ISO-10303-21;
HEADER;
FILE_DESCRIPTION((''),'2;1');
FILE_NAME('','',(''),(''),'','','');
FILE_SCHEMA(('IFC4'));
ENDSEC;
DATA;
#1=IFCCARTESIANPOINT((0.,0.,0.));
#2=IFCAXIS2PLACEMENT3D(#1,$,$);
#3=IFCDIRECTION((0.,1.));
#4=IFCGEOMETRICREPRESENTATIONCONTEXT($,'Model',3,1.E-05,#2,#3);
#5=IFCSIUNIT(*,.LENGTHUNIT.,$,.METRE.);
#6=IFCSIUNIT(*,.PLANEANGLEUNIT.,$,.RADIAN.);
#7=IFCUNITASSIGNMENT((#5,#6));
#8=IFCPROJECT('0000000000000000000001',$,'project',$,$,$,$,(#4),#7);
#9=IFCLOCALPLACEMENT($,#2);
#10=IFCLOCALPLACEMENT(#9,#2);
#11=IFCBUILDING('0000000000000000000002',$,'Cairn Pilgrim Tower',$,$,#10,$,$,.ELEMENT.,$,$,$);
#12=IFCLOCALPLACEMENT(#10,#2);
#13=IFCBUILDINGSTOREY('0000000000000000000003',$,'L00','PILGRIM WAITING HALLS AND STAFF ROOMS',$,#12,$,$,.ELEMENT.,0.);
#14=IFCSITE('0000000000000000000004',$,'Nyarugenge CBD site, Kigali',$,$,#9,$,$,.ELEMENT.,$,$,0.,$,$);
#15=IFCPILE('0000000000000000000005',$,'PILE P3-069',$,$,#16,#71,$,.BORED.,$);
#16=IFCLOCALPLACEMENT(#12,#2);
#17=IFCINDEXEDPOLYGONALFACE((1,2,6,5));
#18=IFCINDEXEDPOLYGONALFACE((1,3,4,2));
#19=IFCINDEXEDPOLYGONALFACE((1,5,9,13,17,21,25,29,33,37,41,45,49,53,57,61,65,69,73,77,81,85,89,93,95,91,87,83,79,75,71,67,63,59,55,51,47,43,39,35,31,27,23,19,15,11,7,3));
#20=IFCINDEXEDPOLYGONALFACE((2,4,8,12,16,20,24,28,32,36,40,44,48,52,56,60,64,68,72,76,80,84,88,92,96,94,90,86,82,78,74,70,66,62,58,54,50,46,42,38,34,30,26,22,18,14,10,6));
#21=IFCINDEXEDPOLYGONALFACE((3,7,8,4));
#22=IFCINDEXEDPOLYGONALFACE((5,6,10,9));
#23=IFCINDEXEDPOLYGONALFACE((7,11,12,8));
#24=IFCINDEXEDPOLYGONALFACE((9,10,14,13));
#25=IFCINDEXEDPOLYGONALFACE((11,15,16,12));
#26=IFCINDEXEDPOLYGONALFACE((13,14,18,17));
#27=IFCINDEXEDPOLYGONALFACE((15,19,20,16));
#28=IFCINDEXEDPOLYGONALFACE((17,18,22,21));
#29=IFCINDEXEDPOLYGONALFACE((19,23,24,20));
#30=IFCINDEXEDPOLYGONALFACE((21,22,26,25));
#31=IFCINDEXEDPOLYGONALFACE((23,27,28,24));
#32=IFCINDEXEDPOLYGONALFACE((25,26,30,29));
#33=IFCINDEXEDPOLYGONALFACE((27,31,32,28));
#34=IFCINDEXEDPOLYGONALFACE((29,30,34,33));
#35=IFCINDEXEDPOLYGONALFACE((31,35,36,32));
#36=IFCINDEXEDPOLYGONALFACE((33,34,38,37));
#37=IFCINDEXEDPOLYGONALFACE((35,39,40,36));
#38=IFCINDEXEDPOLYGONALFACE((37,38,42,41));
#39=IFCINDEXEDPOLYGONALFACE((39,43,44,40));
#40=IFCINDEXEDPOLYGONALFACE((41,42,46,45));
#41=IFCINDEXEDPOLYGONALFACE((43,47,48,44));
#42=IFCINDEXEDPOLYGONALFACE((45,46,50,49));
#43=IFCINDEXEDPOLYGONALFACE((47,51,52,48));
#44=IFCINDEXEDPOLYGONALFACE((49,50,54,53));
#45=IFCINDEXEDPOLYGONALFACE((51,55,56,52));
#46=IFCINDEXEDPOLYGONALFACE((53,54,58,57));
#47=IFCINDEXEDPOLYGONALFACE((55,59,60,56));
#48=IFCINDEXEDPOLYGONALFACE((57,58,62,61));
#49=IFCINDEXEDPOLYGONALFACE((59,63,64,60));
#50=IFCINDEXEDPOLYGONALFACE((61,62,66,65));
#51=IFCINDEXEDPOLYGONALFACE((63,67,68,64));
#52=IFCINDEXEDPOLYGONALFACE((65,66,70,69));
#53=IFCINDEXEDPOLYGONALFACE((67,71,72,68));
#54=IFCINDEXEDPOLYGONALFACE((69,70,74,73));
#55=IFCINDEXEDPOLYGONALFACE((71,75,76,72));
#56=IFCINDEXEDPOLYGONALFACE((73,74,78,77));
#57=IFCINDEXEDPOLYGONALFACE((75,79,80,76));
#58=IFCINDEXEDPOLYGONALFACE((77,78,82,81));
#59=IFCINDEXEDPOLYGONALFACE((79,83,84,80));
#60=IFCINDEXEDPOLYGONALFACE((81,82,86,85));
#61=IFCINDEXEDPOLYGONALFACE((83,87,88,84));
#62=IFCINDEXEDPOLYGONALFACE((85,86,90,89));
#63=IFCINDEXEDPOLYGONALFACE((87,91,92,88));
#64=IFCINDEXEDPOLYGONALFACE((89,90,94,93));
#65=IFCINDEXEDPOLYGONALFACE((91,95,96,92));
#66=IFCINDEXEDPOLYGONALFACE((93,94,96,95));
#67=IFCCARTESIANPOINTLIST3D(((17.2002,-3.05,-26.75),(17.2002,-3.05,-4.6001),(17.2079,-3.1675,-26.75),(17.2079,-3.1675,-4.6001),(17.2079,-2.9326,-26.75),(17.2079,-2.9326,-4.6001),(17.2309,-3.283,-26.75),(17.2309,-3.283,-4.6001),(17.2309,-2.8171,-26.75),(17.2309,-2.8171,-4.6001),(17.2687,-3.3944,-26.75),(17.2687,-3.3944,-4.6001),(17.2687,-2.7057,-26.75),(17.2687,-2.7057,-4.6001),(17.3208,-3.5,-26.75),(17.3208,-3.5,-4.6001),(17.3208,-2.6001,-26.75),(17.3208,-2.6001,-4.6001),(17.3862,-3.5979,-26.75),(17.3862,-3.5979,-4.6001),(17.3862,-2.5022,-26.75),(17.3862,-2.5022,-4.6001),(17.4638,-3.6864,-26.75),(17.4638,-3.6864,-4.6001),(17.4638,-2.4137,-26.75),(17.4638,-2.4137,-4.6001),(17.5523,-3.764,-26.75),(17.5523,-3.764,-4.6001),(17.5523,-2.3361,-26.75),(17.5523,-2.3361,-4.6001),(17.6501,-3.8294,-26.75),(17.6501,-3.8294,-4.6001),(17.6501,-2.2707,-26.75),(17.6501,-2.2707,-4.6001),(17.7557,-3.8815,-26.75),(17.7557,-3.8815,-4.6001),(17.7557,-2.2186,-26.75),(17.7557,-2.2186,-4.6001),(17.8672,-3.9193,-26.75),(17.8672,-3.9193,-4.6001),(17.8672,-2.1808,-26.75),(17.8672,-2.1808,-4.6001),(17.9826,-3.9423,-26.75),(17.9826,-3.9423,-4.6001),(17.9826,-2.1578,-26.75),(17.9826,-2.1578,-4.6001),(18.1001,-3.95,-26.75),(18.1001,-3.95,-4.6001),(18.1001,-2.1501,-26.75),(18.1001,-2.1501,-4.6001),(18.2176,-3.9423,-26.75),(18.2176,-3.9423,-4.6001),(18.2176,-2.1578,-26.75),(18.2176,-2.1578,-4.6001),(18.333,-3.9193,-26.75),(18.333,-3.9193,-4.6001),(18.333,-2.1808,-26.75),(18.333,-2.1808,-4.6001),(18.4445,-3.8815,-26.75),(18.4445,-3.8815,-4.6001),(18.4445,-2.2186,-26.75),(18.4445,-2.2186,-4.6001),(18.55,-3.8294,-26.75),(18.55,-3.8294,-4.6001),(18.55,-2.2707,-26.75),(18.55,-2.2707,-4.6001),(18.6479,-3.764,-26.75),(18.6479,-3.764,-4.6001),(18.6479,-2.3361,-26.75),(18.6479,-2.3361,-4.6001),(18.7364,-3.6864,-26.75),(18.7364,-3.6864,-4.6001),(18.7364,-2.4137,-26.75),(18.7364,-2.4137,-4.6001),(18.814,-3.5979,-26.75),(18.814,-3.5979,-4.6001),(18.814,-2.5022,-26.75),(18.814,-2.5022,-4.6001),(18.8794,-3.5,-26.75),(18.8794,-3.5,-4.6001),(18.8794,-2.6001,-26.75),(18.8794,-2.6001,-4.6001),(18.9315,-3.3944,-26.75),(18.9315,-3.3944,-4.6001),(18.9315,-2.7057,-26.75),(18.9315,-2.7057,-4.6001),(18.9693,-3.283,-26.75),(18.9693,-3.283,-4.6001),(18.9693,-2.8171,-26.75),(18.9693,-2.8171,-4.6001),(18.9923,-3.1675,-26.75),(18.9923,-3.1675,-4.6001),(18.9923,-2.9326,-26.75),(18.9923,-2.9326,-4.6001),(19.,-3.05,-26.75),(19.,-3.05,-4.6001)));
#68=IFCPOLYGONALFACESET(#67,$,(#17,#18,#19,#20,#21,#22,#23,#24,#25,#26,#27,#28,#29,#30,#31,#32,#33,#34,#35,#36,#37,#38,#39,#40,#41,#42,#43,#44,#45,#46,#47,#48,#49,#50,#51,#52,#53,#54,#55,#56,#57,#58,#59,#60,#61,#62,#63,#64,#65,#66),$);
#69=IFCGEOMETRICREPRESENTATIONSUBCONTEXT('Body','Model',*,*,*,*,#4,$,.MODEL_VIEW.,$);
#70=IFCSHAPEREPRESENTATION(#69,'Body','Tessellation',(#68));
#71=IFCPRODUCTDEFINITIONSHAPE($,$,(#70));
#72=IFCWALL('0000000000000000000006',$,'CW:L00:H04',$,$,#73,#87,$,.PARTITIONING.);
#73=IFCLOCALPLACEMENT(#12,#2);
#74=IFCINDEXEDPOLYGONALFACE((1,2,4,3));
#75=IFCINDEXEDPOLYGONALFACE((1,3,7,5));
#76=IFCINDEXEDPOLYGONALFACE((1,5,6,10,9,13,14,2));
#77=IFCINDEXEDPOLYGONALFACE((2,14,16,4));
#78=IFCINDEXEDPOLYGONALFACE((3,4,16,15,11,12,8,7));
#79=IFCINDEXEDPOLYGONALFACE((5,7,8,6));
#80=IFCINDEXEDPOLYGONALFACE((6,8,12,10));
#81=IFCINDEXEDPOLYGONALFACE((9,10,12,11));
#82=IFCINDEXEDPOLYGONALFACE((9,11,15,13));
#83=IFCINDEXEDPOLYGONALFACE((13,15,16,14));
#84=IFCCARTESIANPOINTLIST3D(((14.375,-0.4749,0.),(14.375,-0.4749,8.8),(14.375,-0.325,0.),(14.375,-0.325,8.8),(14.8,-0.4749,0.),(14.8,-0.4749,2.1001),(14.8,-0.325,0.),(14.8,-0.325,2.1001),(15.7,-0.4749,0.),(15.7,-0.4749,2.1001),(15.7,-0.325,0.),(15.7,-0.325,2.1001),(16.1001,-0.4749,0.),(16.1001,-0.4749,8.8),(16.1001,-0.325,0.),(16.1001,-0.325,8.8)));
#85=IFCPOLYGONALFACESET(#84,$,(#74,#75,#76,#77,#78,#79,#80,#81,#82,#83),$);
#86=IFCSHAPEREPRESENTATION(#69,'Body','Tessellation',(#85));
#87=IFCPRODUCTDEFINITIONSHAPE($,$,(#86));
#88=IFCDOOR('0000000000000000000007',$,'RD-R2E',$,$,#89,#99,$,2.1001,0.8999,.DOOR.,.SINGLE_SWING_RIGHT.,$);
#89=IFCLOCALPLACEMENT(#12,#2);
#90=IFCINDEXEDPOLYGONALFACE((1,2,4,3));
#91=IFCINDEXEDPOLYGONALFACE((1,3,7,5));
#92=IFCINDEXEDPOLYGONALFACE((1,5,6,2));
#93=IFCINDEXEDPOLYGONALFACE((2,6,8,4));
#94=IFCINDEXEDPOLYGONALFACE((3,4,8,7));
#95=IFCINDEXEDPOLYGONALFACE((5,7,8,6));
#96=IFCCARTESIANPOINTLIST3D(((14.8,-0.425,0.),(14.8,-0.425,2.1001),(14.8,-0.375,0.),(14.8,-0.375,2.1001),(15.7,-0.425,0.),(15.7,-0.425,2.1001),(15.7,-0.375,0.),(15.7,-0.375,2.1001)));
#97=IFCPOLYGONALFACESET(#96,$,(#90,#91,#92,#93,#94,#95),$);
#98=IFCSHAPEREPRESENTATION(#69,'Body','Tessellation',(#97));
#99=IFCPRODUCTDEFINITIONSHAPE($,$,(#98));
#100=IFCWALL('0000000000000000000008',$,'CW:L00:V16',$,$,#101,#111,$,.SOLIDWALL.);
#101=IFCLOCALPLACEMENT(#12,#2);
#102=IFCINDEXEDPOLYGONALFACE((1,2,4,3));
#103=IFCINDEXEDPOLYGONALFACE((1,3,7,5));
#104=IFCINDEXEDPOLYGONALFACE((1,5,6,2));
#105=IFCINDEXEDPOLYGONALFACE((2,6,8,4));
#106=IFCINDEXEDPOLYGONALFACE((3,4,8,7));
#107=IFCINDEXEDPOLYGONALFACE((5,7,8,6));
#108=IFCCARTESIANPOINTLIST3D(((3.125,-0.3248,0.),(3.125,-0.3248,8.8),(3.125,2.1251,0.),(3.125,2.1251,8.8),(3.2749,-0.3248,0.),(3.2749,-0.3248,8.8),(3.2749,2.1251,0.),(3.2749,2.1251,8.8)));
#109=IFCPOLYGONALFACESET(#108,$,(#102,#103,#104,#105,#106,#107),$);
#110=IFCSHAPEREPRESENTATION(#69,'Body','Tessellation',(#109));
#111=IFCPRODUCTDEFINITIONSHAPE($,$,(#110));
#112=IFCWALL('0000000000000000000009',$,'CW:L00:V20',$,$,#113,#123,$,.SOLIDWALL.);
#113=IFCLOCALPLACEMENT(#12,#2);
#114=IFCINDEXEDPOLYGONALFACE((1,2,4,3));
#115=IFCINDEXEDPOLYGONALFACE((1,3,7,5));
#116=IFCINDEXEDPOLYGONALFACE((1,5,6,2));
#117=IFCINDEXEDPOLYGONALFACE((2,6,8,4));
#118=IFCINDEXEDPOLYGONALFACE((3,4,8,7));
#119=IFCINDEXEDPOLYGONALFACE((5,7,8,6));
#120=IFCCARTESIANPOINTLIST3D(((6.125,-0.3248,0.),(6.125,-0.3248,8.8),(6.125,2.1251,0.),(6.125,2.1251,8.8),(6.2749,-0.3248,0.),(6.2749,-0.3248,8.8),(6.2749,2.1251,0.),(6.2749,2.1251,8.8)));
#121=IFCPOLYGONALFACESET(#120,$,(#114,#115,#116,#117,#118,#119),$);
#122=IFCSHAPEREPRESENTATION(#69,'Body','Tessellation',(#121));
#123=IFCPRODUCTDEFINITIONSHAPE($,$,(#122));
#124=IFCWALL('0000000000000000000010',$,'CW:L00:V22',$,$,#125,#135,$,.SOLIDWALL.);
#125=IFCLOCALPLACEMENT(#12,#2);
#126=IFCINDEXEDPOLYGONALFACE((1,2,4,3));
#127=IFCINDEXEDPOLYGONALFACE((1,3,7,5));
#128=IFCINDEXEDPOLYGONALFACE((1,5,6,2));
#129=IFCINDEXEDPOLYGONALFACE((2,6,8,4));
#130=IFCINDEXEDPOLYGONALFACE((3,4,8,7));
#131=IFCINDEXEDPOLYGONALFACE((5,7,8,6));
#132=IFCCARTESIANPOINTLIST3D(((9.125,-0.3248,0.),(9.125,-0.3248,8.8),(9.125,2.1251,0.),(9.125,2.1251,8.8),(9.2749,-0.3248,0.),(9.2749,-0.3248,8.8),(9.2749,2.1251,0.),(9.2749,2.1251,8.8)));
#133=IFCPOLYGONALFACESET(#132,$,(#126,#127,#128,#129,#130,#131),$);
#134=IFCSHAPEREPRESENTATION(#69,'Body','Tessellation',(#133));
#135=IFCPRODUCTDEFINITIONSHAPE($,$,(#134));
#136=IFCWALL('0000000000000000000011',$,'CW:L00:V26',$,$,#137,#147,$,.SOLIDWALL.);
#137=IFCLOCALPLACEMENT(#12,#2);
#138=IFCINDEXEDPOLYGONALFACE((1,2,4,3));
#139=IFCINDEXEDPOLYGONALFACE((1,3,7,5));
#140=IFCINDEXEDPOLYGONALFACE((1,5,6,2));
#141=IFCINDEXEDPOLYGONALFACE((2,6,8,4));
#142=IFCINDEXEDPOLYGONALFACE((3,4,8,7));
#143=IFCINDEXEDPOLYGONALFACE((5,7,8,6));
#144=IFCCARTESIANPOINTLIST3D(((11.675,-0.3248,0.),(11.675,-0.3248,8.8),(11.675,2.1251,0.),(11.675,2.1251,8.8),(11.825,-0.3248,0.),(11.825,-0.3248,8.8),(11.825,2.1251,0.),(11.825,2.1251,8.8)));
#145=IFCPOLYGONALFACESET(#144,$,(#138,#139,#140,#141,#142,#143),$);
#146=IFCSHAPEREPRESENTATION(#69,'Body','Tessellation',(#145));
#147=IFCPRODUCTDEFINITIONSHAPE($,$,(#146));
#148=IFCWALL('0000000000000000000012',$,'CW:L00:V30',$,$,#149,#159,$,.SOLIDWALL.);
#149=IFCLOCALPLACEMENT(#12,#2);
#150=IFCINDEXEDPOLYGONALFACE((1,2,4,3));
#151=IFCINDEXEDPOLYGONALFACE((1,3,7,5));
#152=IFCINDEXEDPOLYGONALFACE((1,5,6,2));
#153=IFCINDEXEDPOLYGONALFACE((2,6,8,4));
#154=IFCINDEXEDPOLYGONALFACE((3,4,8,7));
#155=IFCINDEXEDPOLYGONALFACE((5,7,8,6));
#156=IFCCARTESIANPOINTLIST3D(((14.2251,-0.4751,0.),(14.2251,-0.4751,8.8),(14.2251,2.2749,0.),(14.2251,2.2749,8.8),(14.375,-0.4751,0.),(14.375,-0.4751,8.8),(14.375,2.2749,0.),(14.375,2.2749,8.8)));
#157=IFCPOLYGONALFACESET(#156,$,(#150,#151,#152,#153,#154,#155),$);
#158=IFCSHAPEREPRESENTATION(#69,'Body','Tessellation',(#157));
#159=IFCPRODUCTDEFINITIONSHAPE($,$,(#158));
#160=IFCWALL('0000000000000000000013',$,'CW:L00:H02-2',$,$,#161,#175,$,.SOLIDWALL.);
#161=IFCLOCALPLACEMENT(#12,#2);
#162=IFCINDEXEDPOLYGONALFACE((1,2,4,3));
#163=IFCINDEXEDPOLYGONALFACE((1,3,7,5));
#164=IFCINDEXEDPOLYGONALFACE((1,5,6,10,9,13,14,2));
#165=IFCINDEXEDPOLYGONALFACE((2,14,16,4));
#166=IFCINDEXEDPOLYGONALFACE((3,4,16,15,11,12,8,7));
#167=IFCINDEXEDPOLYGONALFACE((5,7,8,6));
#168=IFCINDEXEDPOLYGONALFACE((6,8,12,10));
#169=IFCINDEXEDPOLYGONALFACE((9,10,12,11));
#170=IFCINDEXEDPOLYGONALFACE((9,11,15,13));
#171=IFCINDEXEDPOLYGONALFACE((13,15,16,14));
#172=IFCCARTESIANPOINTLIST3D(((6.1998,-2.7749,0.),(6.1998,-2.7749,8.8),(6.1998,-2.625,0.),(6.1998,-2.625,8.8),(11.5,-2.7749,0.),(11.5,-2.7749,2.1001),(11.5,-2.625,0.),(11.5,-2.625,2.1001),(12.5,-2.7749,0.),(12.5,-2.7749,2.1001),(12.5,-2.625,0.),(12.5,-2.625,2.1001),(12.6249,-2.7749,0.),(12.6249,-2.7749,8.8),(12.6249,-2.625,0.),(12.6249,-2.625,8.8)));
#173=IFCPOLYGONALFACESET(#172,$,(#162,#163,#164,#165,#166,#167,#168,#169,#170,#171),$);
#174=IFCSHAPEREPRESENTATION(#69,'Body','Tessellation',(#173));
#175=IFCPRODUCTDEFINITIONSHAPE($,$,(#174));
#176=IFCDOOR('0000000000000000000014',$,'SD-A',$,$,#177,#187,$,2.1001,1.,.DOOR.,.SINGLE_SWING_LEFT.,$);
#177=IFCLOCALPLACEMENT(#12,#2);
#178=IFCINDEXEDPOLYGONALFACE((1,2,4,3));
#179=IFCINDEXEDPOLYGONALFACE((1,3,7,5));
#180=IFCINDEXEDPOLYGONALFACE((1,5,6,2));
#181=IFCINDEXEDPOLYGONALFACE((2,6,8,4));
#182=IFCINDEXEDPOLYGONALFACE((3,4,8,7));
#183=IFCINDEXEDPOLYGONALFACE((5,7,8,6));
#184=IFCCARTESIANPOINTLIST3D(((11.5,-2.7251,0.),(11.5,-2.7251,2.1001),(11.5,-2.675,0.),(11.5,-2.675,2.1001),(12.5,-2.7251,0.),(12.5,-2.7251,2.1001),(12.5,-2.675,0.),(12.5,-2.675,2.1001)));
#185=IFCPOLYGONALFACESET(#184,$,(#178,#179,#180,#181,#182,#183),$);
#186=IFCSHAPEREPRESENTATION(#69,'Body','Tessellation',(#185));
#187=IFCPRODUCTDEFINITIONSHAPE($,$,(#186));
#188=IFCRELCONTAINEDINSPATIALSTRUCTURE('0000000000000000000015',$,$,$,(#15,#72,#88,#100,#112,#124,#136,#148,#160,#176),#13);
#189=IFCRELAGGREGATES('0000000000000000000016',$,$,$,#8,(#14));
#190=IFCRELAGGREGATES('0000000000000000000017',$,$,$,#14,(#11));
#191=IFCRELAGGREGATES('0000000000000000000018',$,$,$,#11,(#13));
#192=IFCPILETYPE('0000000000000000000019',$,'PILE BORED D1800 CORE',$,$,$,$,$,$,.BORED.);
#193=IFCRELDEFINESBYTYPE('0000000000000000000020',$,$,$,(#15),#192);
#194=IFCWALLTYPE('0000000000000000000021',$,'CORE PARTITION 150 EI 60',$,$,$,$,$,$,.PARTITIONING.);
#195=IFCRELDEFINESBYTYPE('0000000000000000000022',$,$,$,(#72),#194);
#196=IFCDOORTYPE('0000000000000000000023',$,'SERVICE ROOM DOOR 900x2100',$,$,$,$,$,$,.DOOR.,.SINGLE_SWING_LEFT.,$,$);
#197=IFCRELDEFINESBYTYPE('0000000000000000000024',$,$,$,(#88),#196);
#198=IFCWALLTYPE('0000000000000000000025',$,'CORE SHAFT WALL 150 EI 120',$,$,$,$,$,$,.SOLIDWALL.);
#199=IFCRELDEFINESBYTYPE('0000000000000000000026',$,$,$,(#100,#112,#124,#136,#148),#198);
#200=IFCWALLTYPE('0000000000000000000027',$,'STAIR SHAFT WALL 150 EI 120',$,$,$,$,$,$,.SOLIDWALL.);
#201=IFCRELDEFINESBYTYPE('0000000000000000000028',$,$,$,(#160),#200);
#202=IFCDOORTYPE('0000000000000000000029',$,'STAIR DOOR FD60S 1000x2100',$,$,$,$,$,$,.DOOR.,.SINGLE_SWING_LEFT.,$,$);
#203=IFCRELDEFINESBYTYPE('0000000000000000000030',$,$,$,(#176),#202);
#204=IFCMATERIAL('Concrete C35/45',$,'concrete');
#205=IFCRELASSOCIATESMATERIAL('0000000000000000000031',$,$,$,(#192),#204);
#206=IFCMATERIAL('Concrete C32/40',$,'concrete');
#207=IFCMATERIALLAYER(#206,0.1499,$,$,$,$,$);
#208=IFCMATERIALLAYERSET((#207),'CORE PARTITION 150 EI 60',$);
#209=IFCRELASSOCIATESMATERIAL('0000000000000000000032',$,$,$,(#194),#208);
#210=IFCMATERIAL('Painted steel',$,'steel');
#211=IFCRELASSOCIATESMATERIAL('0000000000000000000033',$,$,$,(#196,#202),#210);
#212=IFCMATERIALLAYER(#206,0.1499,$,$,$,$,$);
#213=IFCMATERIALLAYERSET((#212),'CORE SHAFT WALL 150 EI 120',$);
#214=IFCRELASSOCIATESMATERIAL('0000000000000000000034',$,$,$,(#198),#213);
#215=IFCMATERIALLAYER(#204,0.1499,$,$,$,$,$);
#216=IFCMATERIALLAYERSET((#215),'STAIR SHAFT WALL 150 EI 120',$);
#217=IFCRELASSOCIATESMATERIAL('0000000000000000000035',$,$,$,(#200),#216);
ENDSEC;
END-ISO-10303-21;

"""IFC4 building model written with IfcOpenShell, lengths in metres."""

from ifc_helpers import new_model, si_unit, direction, frame, frame_2d, origin, origin_2d, place, context, subcontext, project, spatial, rectangle, circle, extrude, material, layer, layer_set, material_profile, profile_set, type_object, element, fill, save


model = new_model("IFC4")

# Units and contexts
model_context = context("Model", 3, precision=1e-05, world=origin(), true_north=direction((0.0, 1.0)))
body_context = subcontext(model_context, "Body", "Model", "MODEL_VIEW")
ifc_project = project(units=[si_unit("LENGTHUNIT", "METRE"), si_unit("PLANEANGLEUNIT", "RADIAN")], contexts=[model_context])

# Site, building, storey
site_placement = place(None, origin())
site = spatial("IfcSite", under=ifc_project, at=site_placement, Name="Nyarugenge CBD site, Kigali", CompositionType="ELEMENT", RefElevation=0.0)
building_placement = place(site_placement, origin())
building = spatial("IfcBuilding", under=site, at=building_placement, Name="Cairn Pilgrim Tower", CompositionType="ELEMENT")
storey_placement = place(building_placement, origin())
storey = spatial("IfcBuildingStorey", under=building, at=storey_placement, Name="L00", Description="PILGRIM WAITING HALLS AND STAFF ROOMS", CompositionType="ELEMENT", Elevation=0.0)

# Pile
ifc_material_1 = material(Name="Concrete C35/45", Category="concrete")
ifc_material_profile = material_profile(ifc_material_1, circle(Radius=0.8999, at=origin_2d()), Name="D1800")
ifc_profile_set = profile_set([ifc_material_profile], Name="Concrete C35/45")
pile_type = type_object("IfcPileType", Name="PILE BORED D1800 CORE", PredefinedType="BORED", material=ifc_profile_set)
for number, where, z_axis, x_axis, name in (
    (1, (18.1001, -3.05, -4.6001), (0.0, 0.0, -1.0), (1.0, 0.0, 0.0), "PILE P3-069"),
):
    element("IfcPile", number, at=place(storey_placement, frame(where, z_axis=z_axis, x_axis=x_axis)), inside=storey, type_object=pile_type, Name=name, PredefinedType="BORED", context=body_context, shape_type="SweptSolid", body=[
        extrude(circle(Radius=0.8999, at=origin_2d()), origin(), (0.0, 0.0, 1.0), 22.1499),
    ])

# Wall, opening, door
ifc_material_2 = material(Name="Concrete C32/40", Category="concrete")
ifc_layer_1 = layer(ifc_material_2, 0.1499)
ifc_layer_set_1 = layer_set([ifc_layer_1], Name="CORE PARTITION 150 EI 60")
wall_type_1 = type_object("IfcWallType", Name="CORE PARTITION 150 EI 60", PredefinedType="PARTITIONING", material=ifc_layer_set_1)
wall_1_placement = place(storey_placement, frame((14.375, -0.3999, 0.0), z_axis=(0.0, 0.0, 1.0), x_axis=(1.0, 0.0, 0.0)))
wall_1 = element("IfcWall", 2, at=wall_1_placement, inside=storey, type_object=wall_type_1, Name="CW:L00:H04", PredefinedType="PARTITIONING", context=body_context, shape_type="SweptSolid", body=[
    extrude(rectangle(XDim=1.7251, YDim=0.1499, at=frame_2d((0.8625, 0.0))), origin(), (0.0, 0.0, 1.0), 8.8),
])
opening_1_placement = place(wall_1_placement, frame((0.425, 0.0, 0.0)))
opening_1 = element("IfcOpeningElement", 3, at=opening_1_placement, cuts=wall_1, PredefinedType="OPENING", context=body_context, shape_type="SweptSolid", body=[
    extrude(rectangle(XDim=0.8999, YDim=2.1001, at=frame_2d((0.45, 1.05))), frame((0.0, 0.085, 0.0), z_axis=(0.0, -1.0, 0.0), x_axis=(1.0, 0.0, 0.0)), (0.0, 0.0, 1.0), 0.1699),
])
ifc_material_3 = material(Name="Painted steel", Category="steel")
door_type_1 = type_object("IfcDoorType", Name="SERVICE ROOM DOOR 900x2100", OperationType="SINGLE_SWING_LEFT", PredefinedType="DOOR", material=ifc_material_3)
door_1_placement = place(opening_1_placement, origin())
door_1 = element("IfcDoor", 4, at=door_1_placement, inside=storey, type_object=door_type_1, Name="RD-R2E", OperationType="SINGLE_SWING_RIGHT", OverallHeight=2.1001, OverallWidth=0.8999, PredefinedType="DOOR", context=body_context, shape_type="SweptSolid", body=[
    extrude(rectangle(XDim=0.8999, YDim=2.1001, at=frame_2d((0.45, 1.05))), frame((0.0, 0.0249, 0.0), z_axis=(0.0, -1.0, 0.0), x_axis=(1.0, 0.0, 0.0)), (0.0, 0.0, 1.0), 0.05),
])
fill(opening_1, door_1)

# Walls
ifc_layer_2 = layer(ifc_material_2, 0.1499)
ifc_layer_set_2 = layer_set([ifc_layer_2], Name="CORE SHAFT WALL 150 EI 120")
wall_type_2 = type_object("IfcWallType", Name="CORE SHAFT WALL 150 EI 120", PredefinedType="SOLIDWALL", material=ifc_layer_set_2)
for number, where, z_axis, x_axis, name in (
    (5, (3.2, -0.325, 0.0), (0.0, 0.0, 1.0), (0.0, 1.0, 0.0), "CW:L00:V16"),
    (6, (6.2, -0.325, 0.0), (0.0, 0.0, 1.0), (0.0, 1.0, 0.0), "CW:L00:V20"),
    (7, (9.2, -0.325, 0.0), (0.0, 0.0, 1.0), (0.0, 1.0, 0.0), "CW:L00:V22"),
    (8, (11.75, -0.325, 0.0), (0.0, 0.0, 1.0), (0.0, 1.0, 0.0), "CW:L00:V26"),
):
    element("IfcWall", number, at=place(storey_placement, frame(where, z_axis=z_axis, x_axis=x_axis)), inside=storey, type_object=wall_type_2, Name=name, PredefinedType="SOLIDWALL", context=body_context, shape_type="SweptSolid", body=[
        extrude(rectangle(XDim=2.45, YDim=0.1499, at=frame_2d((1.2251, 0.0))), origin(), (0.0, 0.0, 1.0), 8.8),
    ])
wall_2_placement = place(storey_placement, frame((14.3, -0.4751, 0.0), z_axis=(0.0, 0.0, 1.0), x_axis=(0.0, 1.0, 0.0)))
element("IfcWall", 9, at=wall_2_placement, inside=storey, type_object=wall_type_2, Name="CW:L00:V30", PredefinedType="SOLIDWALL", context=body_context, shape_type="SweptSolid", body=[
    extrude(rectangle(XDim=2.75, YDim=0.1499, at=frame_2d((1.375, 0.0))), origin(), (0.0, 0.0, 1.0), 8.8),
])

# Wall, opening, door
ifc_layer_3 = layer(ifc_material_1, 0.1499)
ifc_layer_set_3 = layer_set([ifc_layer_3], Name="STAIR SHAFT WALL 150 EI 120")
wall_type_3 = type_object("IfcWallType", Name="STAIR SHAFT WALL 150 EI 120", PredefinedType="SOLIDWALL", material=ifc_layer_set_3)
wall_3_placement = place(storey_placement, frame((6.2, -2.7, 0.0), z_axis=(0.0, 0.0, 1.0), x_axis=(1.0, 0.0, 0.0)))
wall_3 = element("IfcWall", 10, at=wall_3_placement, inside=storey, type_object=wall_type_3, Name="CW:L00:H02-2", PredefinedType="SOLIDWALL", context=body_context, shape_type="SweptSolid", body=[
    extrude(rectangle(XDim=6.425, YDim=0.1499, at=frame_2d((3.2124, 0.0))), origin(), (0.0, 0.0, 1.0), 8.8),
])
opening_2_placement = place(wall_3_placement, frame((5.3, 0.0, 0.0)))
opening_2 = element("IfcOpeningElement", 11, at=opening_2_placement, cuts=wall_3, PredefinedType="OPENING", context=body_context, shape_type="SweptSolid", body=[
    extrude(rectangle(XDim=1.0, YDim=2.1001, at=frame_2d((0.5, 1.05))), frame((0.0, 0.085, 0.0), z_axis=(0.0, -1.0, 0.0), x_axis=(1.0, 0.0, 0.0)), (0.0, 0.0, 1.0), 0.1699),
])
door_type_2 = type_object("IfcDoorType", Name="STAIR DOOR FD60S 1000x2100", OperationType="SINGLE_SWING_LEFT", PredefinedType="DOOR", material=ifc_material_3)
door_2_placement = place(opening_2_placement, origin())
door_2 = element("IfcDoor", 12, at=door_2_placement, inside=storey, type_object=door_type_2, Name="SD-A", OperationType="SINGLE_SWING_LEFT", OverallHeight=2.1001, OverallWidth=1.0, PredefinedType="DOOR", context=body_context, shape_type="SweptSolid", body=[
    extrude(rectangle(XDim=1.0, YDim=2.1001, at=frame_2d((0.5, 1.05))), frame((0.0, 0.0249, 0.0), z_axis=(0.0, -1.0, 0.0), x_axis=(1.0, 0.0, 0.0)), (0.0, 0.0, 1.0), 0.05),
])
fill(opening_2, door_2)

save(model, "model.ifc")
